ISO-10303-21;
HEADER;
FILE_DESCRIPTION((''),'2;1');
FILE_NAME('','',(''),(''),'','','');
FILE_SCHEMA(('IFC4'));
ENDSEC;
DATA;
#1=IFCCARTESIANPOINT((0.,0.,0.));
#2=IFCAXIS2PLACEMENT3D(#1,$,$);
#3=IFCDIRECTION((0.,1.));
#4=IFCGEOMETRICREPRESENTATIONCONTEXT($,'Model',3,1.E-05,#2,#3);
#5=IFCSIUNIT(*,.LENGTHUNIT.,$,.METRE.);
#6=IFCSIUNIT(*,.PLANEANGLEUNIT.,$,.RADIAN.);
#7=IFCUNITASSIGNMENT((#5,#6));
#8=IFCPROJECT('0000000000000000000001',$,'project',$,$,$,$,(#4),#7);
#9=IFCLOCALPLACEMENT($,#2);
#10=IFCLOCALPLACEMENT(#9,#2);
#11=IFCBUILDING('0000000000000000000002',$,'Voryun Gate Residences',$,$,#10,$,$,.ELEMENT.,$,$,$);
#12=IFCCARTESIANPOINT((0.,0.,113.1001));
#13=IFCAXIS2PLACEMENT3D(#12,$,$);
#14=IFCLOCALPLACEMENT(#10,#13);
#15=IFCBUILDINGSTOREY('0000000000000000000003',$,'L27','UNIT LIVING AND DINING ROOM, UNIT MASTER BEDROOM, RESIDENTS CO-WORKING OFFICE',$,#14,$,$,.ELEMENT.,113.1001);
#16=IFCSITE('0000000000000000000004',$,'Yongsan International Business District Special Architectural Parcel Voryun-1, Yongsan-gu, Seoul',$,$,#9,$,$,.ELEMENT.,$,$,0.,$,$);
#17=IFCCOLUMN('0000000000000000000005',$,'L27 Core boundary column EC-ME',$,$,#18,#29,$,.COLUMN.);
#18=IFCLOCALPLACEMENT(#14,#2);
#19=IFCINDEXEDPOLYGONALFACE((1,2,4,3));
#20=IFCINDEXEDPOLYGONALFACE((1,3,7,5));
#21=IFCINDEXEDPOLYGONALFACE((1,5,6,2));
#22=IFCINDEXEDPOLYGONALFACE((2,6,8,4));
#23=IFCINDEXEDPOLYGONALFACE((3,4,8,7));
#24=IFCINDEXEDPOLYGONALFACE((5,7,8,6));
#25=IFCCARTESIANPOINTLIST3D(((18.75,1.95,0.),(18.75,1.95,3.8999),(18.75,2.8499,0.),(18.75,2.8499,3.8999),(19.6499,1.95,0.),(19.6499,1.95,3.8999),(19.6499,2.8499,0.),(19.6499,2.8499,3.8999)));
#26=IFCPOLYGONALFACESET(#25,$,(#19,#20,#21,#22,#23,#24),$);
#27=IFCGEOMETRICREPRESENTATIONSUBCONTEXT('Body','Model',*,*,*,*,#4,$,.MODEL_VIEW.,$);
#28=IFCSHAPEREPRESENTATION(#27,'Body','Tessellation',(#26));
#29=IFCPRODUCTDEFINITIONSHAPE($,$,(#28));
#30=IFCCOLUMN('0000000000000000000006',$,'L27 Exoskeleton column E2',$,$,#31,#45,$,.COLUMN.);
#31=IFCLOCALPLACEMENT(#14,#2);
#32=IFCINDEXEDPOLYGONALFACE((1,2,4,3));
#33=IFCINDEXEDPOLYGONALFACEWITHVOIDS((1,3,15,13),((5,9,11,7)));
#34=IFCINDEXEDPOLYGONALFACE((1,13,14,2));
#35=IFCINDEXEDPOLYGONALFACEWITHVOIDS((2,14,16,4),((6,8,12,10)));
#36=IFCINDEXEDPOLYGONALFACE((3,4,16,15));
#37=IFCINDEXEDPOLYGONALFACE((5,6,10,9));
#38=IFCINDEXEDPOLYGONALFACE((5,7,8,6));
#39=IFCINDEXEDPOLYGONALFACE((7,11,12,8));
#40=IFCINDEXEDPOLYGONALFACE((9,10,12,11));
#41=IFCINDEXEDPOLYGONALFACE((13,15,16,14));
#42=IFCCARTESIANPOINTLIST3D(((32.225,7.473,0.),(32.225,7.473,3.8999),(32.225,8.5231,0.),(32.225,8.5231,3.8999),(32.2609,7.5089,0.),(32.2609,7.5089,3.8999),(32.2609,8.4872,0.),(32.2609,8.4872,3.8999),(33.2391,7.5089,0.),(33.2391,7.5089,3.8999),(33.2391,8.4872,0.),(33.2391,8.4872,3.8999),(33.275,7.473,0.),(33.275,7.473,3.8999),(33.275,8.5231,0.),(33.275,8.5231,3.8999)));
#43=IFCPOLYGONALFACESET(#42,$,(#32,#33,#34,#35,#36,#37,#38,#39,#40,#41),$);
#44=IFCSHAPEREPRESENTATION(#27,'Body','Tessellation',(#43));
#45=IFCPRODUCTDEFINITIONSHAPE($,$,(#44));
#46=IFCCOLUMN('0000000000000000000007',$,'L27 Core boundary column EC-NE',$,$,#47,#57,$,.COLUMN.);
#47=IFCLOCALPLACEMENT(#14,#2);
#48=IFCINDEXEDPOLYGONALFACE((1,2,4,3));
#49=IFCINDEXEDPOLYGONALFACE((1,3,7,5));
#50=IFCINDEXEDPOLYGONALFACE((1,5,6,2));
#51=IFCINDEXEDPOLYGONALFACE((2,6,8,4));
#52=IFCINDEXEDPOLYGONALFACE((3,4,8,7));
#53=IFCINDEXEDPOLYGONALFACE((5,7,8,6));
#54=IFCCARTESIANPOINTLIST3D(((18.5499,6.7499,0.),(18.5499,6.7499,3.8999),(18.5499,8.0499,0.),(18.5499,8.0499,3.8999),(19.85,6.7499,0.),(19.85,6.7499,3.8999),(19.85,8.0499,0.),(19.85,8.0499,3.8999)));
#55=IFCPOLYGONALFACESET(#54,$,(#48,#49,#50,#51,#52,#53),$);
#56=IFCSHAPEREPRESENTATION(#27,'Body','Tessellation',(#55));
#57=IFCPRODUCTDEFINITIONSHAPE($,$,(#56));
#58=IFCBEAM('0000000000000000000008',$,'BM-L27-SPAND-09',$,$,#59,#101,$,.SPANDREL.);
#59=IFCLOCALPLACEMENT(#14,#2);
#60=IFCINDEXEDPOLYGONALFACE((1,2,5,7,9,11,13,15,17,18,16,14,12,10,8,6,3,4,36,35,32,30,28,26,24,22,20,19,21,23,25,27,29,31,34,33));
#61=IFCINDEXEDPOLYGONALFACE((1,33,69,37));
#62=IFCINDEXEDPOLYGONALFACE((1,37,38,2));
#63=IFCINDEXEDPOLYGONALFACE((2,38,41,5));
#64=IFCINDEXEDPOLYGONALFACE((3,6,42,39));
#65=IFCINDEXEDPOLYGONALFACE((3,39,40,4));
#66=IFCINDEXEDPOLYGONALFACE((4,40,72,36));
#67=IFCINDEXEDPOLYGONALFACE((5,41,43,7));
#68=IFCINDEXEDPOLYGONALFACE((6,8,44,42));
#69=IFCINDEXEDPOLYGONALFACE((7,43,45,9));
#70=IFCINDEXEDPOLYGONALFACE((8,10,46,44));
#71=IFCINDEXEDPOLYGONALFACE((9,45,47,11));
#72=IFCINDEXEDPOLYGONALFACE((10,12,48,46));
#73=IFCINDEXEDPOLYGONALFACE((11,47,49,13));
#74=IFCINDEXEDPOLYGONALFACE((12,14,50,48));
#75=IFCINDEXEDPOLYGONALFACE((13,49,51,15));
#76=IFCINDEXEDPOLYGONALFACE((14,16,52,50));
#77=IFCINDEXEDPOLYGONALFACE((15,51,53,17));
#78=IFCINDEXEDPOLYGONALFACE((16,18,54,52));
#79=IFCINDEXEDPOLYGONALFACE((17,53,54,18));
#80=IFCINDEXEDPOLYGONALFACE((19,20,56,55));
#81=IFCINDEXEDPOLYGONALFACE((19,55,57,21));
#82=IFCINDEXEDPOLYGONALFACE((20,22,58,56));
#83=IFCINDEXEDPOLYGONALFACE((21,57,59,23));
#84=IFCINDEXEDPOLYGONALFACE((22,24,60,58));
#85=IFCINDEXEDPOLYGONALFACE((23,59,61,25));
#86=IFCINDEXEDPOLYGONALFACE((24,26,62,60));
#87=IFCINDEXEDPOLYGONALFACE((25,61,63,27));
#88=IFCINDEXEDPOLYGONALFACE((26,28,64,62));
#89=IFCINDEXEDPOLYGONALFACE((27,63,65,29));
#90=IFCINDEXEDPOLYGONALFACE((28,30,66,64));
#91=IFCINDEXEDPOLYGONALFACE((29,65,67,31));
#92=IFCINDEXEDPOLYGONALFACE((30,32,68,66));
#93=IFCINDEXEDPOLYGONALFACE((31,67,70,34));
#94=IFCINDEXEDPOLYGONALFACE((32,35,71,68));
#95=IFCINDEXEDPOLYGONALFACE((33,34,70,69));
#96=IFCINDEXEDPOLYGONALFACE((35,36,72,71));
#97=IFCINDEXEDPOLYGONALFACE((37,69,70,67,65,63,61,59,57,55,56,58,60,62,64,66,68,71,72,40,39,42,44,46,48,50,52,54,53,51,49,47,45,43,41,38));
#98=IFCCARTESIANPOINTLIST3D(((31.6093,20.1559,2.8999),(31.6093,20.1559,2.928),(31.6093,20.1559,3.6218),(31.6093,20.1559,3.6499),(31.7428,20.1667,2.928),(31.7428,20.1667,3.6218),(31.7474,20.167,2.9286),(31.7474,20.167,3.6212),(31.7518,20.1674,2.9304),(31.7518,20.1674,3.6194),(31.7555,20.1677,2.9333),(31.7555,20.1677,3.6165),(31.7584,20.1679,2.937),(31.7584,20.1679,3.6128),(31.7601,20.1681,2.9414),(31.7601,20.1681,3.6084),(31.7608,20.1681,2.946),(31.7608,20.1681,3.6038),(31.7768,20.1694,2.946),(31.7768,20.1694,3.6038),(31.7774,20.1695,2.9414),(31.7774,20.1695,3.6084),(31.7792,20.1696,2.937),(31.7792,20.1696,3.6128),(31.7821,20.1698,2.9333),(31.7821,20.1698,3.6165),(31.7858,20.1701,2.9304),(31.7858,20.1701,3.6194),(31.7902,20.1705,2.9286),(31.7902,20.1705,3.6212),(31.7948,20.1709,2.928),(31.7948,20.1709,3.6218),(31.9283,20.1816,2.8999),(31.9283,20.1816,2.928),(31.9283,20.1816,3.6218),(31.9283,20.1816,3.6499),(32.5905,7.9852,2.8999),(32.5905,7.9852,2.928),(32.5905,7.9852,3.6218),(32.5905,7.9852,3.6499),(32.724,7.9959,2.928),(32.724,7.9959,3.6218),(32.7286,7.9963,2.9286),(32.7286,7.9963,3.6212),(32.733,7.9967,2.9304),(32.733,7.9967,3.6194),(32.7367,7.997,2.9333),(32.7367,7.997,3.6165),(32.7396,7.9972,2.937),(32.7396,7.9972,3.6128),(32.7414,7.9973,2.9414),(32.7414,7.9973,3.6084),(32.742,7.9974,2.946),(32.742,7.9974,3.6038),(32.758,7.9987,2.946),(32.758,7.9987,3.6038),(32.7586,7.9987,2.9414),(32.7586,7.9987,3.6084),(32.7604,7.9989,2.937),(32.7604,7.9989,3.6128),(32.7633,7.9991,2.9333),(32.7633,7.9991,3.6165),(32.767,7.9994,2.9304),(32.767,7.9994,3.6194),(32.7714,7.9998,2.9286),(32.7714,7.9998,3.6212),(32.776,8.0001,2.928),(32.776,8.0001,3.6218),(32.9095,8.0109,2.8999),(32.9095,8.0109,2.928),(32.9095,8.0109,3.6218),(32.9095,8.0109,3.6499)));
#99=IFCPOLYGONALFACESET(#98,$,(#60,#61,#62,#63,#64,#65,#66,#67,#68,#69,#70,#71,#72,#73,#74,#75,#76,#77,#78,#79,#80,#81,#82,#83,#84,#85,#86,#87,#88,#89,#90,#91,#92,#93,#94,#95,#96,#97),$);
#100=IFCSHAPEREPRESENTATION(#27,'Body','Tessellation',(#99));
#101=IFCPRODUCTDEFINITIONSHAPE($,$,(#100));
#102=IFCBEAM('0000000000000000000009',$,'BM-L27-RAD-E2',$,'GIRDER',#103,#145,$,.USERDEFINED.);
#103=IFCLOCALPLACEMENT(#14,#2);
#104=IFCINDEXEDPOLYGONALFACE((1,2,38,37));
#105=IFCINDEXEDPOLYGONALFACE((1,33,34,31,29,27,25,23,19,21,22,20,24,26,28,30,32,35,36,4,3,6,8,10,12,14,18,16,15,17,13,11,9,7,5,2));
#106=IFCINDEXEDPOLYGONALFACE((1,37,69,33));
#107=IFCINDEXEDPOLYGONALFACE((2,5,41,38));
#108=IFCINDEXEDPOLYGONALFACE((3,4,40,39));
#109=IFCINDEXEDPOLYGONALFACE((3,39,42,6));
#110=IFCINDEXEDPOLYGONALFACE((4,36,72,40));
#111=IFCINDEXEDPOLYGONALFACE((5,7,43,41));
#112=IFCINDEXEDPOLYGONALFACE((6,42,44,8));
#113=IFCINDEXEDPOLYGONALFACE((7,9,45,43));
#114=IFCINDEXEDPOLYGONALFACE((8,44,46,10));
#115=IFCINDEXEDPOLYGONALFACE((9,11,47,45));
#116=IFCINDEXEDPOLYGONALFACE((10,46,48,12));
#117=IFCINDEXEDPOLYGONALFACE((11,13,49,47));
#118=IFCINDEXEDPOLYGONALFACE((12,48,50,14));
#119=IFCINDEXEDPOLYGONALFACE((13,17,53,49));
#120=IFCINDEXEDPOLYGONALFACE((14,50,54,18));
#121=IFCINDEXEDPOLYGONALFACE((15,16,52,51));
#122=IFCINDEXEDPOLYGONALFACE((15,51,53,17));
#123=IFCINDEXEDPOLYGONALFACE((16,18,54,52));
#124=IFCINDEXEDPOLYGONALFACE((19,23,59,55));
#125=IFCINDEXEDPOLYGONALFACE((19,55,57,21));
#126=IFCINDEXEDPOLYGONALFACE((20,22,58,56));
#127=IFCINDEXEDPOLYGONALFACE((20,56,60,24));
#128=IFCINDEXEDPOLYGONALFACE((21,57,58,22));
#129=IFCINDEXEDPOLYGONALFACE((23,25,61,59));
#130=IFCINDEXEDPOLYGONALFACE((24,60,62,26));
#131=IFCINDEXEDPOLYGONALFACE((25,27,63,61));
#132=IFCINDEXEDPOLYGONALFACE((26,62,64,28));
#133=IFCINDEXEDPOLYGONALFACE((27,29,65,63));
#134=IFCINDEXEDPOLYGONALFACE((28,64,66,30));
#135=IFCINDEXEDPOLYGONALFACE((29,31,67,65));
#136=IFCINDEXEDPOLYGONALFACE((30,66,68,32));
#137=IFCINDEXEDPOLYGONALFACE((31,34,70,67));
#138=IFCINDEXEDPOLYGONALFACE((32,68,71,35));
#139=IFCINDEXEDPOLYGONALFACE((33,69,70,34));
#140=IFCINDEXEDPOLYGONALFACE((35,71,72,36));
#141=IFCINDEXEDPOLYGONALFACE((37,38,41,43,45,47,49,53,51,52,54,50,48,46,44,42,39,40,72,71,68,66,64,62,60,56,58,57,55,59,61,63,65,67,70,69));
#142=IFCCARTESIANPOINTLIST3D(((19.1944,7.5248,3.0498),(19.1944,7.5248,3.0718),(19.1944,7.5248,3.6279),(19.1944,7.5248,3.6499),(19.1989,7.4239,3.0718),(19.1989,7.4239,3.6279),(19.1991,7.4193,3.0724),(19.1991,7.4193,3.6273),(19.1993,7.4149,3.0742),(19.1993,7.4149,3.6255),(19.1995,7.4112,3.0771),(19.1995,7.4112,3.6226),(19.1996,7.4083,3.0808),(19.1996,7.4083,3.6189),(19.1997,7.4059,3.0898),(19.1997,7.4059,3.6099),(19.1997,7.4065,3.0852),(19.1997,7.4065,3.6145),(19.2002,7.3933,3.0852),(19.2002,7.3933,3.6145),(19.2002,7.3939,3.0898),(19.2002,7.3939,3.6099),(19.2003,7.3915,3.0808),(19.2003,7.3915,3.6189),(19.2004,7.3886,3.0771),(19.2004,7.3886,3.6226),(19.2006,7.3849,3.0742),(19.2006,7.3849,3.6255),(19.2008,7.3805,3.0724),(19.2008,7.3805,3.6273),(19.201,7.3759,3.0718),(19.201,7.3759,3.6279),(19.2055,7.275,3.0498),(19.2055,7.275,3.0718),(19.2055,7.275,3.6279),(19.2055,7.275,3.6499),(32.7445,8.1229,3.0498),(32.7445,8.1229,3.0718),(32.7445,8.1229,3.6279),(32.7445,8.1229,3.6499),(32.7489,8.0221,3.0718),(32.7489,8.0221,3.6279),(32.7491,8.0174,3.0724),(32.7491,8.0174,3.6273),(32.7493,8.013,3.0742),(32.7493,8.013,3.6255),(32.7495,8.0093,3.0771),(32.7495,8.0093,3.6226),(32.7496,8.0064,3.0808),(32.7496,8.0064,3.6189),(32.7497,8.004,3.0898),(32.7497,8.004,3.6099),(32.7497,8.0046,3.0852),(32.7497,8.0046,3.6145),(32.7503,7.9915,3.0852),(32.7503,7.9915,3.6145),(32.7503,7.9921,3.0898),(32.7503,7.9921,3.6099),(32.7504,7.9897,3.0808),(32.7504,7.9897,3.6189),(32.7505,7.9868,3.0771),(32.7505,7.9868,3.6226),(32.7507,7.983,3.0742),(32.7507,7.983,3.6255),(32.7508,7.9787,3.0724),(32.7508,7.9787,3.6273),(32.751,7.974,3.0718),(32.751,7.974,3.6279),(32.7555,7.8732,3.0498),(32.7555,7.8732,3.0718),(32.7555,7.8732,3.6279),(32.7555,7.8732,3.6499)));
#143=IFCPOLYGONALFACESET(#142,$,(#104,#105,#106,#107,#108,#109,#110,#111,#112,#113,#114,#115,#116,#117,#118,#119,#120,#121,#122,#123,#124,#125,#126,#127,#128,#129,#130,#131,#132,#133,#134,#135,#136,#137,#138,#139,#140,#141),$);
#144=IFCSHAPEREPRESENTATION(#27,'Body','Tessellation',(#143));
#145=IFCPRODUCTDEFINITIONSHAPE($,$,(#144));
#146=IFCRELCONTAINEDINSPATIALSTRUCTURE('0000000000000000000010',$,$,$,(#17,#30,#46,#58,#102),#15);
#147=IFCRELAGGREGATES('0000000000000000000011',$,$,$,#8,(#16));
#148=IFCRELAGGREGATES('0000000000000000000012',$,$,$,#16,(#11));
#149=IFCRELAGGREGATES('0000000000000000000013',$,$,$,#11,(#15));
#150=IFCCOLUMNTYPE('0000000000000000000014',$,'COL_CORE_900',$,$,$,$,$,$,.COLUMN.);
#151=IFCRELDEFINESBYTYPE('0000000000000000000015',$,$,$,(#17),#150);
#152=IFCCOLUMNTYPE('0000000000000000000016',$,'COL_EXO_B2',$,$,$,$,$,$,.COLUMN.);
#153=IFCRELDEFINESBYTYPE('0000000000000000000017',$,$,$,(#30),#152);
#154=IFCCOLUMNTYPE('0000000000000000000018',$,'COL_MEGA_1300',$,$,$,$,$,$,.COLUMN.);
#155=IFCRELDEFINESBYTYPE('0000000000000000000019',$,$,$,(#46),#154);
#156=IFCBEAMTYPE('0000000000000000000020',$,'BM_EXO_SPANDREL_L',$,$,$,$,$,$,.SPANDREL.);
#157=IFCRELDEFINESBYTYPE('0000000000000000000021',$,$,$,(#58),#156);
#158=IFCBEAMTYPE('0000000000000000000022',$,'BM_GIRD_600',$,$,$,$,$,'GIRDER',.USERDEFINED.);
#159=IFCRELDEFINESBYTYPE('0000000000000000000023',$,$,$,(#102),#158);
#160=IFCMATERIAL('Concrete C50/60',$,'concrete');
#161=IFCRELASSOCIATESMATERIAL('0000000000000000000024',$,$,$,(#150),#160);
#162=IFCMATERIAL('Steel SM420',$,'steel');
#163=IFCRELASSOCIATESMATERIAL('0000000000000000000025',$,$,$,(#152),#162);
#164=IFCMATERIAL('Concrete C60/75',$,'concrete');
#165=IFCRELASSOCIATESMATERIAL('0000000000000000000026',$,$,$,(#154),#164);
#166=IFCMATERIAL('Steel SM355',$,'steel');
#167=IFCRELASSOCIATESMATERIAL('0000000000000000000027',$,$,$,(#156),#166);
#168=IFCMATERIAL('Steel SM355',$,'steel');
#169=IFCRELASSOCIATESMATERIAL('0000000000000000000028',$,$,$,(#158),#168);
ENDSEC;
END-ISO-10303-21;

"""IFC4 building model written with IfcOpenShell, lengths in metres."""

from ifc_helpers import new_model, si_unit, direction, frame, origin, origin_2d, place, context, subcontext, project, spatial, rectangle, hollow_rectangle, i_section, extrude, material, material_profile, profile_set, type_object, element, save


model = new_model("IFC4")

# Units and contexts
model_context = context("Model", 3, precision=1e-05, world=origin(), true_north=direction((0.0, 1.0)))
body_context = subcontext(model_context, "Body", "Model", "MODEL_VIEW")
ifc_project = project(units=[si_unit("LENGTHUNIT", "METRE"), si_unit("PLANEANGLEUNIT", "RADIAN")], contexts=[model_context])

# Site, building, storey
site_placement = place(None, origin())
site = spatial("IfcSite", under=ifc_project, at=site_placement, Name="Yongsan International Business District Special Architectural Parcel Voryun-1, Yongsan-gu, Seoul", CompositionType="ELEMENT", RefElevation=0.0)
building_placement = place(site_placement, origin())
building = spatial("IfcBuilding", under=site, at=building_placement, Name="Voryun Gate Residences", CompositionType="ELEMENT")
storey_placement = place(building_placement, frame((0.0, 0.0, 113.1001)))
storey = spatial("IfcBuildingStorey", under=building, at=storey_placement, Name="L27", Description="UNIT LIVING AND DINING ROOM, UNIT MASTER BEDROOM, RESIDENTS CO-WORKING OFFICE", CompositionType="ELEMENT", Elevation=113.1001)

# Columns
ifc_material_1 = material(Name="Concrete C50/60", Category="concrete")
ifc_material_profile_1 = material_profile(ifc_material_1, rectangle(XDim=0.8999, YDim=0.8999, at=origin_2d()), Name="RC-900x900")
ifc_profile_set_1 = profile_set([ifc_material_profile_1], Name="Concrete C50/60")
column_type_1 = type_object("IfcColumnType", Name="COL_CORE_900", PredefinedType="COLUMN", material=ifc_profile_set_1)
column_1_placement = place(storey_placement, frame((19.2, 2.3999, 0.0), z_axis=(0.0, 0.0, 1.0), x_axis=(1.0, 0.0, 0.0)))
element("IfcColumn", 1, at=column_1_placement, inside=storey, type_object=column_type_1, Name="L27 Core boundary column EC-ME", PredefinedType="COLUMN", context=body_context, shape_type="SweptSolid", body=[
    extrude(rectangle(XDim=0.8999, YDim=0.8999, at=origin_2d()), origin(), (0.0, 0.0, 1.0), 3.8999),
])
ifc_material_2 = material(Name="Steel SM420", Category="steel")
ifc_material_profile_2 = material_profile(ifc_material_2, hollow_rectangle(XDim=1.05, YDim=1.05, WallThickness=0.0359, at=origin_2d()), Name="BOX-1050x1050x36")
ifc_profile_set_2 = profile_set([ifc_material_profile_2], Name="Steel SM420")
column_type_2 = type_object("IfcColumnType", Name="COL_EXO_B2", PredefinedType="COLUMN", material=ifc_profile_set_2)
column_2_placement = place(storey_placement, frame((32.75, 7.998, 0.0), z_axis=(0.0, 0.0, 1.0), x_axis=(1.0, 0.0, 0.0)))
element("IfcColumn", 2, at=column_2_placement, inside=storey, type_object=column_type_2, Name="L27 Exoskeleton column E2", PredefinedType="COLUMN", context=body_context, shape_type="SweptSolid", body=[
    extrude(hollow_rectangle(XDim=1.05, YDim=1.05, WallThickness=0.0359, at=origin_2d()), origin(), (0.0, 0.0, 1.0), 3.8999),
])
ifc_material_3 = material(Name="Concrete C60/75", Category="concrete")
ifc_material_profile_3 = material_profile(ifc_material_3, rectangle(XDim=1.3, YDim=1.3, at=origin_2d()), Name="RC-1300x1300")
ifc_profile_set_3 = profile_set([ifc_material_profile_3], Name="Concrete C60/75")
column_type_3 = type_object("IfcColumnType", Name="COL_MEGA_1300", PredefinedType="COLUMN", material=ifc_profile_set_3)
column_3_placement = place(storey_placement, frame((19.2, 7.3999, 0.0), z_axis=(0.0, 0.0, 1.0), x_axis=(1.0, 0.0, 0.0)))
element("IfcColumn", 3, at=column_3_placement, inside=storey, type_object=column_type_3, Name="L27 Core boundary column EC-NE", PredefinedType="COLUMN", context=body_context, shape_type="SweptSolid", body=[
    extrude(rectangle(XDim=1.3, YDim=1.3, at=origin_2d()), origin(), (0.0, 0.0, 1.0), 3.8999),
])

# Beams
ifc_material_4 = material(Name="Steel SM355", Category="steel")
ifc_material_profile_4 = material_profile(ifc_material_4, i_section(OverallWidth=0.3201, OverallDepth=0.75, WebThickness=0.0161, FlangeThickness=0.0281, FilletRadius=0.0181, at=origin_2d()), Name="H-750x320x16x28")
ifc_profile_set_4 = profile_set([ifc_material_profile_4], Name="Steel SM355")
beam_type_1 = type_object("IfcBeamType", Name="BM_EXO_SPANDREL_L", PredefinedType="SPANDREL", material=ifc_profile_set_4)
beam_1_placement = place(storey_placement, frame((32.75, 7.998, 3.2749), z_axis=(-0.08036, 0.996766, 0.0), x_axis=(-0.996766, -0.08036, 0.0)))
element("IfcBeam", 4, at=beam_1_placement, inside=storey, type_object=beam_type_1, Name="BM-L27-SPAND-09", PredefinedType="SPANDREL", context=body_context, shape_type="SweptSolid", body=[
    extrude(i_section(OverallWidth=0.3201, OverallDepth=0.75, WebThickness=0.0161, FlangeThickness=0.0281, FilletRadius=0.0181, at=origin_2d()), origin(), (0.0, 0.0, 1.0), 12.2102),
])
ifc_material_5 = material(Name="Steel SM355", Category="steel")
ifc_material_profile_5 = material_profile(ifc_material_5, i_section(OverallWidth=0.25, OverallDepth=0.6001, WebThickness=0.012, FlangeThickness=0.022, FilletRadius=0.0181, at=origin_2d()), Name="H-600x250x12x22")
ifc_profile_set_5 = profile_set([ifc_material_profile_5], Name="Steel SM355")
beam_type_2 = type_object("IfcBeamType", Name="BM_GIRD_600", ElementType="GIRDER", PredefinedType="USERDEFINED", material=ifc_profile_set_5)
beam_2_placement = place(storey_placement, frame((19.2, 7.3999, 3.3499), z_axis=(0.999027, 0.0441, 0.0), x_axis=(-0.0441, 0.999027, 0.0)))
element("IfcBeam", 5, at=beam_2_placement, inside=storey, type_object=beam_type_2, Name="BM-L27-RAD-E2", ObjectType="GIRDER", PredefinedType="USERDEFINED", context=body_context, shape_type="SweptSolid", body=[
    extrude(i_section(OverallWidth=0.25, OverallDepth=0.6001, WebThickness=0.012, FlangeThickness=0.022, FilletRadius=0.0181, at=origin_2d()), origin(), (0.0, 0.0, 1.0), 13.5632),
])

save(model, "model.ifc")
